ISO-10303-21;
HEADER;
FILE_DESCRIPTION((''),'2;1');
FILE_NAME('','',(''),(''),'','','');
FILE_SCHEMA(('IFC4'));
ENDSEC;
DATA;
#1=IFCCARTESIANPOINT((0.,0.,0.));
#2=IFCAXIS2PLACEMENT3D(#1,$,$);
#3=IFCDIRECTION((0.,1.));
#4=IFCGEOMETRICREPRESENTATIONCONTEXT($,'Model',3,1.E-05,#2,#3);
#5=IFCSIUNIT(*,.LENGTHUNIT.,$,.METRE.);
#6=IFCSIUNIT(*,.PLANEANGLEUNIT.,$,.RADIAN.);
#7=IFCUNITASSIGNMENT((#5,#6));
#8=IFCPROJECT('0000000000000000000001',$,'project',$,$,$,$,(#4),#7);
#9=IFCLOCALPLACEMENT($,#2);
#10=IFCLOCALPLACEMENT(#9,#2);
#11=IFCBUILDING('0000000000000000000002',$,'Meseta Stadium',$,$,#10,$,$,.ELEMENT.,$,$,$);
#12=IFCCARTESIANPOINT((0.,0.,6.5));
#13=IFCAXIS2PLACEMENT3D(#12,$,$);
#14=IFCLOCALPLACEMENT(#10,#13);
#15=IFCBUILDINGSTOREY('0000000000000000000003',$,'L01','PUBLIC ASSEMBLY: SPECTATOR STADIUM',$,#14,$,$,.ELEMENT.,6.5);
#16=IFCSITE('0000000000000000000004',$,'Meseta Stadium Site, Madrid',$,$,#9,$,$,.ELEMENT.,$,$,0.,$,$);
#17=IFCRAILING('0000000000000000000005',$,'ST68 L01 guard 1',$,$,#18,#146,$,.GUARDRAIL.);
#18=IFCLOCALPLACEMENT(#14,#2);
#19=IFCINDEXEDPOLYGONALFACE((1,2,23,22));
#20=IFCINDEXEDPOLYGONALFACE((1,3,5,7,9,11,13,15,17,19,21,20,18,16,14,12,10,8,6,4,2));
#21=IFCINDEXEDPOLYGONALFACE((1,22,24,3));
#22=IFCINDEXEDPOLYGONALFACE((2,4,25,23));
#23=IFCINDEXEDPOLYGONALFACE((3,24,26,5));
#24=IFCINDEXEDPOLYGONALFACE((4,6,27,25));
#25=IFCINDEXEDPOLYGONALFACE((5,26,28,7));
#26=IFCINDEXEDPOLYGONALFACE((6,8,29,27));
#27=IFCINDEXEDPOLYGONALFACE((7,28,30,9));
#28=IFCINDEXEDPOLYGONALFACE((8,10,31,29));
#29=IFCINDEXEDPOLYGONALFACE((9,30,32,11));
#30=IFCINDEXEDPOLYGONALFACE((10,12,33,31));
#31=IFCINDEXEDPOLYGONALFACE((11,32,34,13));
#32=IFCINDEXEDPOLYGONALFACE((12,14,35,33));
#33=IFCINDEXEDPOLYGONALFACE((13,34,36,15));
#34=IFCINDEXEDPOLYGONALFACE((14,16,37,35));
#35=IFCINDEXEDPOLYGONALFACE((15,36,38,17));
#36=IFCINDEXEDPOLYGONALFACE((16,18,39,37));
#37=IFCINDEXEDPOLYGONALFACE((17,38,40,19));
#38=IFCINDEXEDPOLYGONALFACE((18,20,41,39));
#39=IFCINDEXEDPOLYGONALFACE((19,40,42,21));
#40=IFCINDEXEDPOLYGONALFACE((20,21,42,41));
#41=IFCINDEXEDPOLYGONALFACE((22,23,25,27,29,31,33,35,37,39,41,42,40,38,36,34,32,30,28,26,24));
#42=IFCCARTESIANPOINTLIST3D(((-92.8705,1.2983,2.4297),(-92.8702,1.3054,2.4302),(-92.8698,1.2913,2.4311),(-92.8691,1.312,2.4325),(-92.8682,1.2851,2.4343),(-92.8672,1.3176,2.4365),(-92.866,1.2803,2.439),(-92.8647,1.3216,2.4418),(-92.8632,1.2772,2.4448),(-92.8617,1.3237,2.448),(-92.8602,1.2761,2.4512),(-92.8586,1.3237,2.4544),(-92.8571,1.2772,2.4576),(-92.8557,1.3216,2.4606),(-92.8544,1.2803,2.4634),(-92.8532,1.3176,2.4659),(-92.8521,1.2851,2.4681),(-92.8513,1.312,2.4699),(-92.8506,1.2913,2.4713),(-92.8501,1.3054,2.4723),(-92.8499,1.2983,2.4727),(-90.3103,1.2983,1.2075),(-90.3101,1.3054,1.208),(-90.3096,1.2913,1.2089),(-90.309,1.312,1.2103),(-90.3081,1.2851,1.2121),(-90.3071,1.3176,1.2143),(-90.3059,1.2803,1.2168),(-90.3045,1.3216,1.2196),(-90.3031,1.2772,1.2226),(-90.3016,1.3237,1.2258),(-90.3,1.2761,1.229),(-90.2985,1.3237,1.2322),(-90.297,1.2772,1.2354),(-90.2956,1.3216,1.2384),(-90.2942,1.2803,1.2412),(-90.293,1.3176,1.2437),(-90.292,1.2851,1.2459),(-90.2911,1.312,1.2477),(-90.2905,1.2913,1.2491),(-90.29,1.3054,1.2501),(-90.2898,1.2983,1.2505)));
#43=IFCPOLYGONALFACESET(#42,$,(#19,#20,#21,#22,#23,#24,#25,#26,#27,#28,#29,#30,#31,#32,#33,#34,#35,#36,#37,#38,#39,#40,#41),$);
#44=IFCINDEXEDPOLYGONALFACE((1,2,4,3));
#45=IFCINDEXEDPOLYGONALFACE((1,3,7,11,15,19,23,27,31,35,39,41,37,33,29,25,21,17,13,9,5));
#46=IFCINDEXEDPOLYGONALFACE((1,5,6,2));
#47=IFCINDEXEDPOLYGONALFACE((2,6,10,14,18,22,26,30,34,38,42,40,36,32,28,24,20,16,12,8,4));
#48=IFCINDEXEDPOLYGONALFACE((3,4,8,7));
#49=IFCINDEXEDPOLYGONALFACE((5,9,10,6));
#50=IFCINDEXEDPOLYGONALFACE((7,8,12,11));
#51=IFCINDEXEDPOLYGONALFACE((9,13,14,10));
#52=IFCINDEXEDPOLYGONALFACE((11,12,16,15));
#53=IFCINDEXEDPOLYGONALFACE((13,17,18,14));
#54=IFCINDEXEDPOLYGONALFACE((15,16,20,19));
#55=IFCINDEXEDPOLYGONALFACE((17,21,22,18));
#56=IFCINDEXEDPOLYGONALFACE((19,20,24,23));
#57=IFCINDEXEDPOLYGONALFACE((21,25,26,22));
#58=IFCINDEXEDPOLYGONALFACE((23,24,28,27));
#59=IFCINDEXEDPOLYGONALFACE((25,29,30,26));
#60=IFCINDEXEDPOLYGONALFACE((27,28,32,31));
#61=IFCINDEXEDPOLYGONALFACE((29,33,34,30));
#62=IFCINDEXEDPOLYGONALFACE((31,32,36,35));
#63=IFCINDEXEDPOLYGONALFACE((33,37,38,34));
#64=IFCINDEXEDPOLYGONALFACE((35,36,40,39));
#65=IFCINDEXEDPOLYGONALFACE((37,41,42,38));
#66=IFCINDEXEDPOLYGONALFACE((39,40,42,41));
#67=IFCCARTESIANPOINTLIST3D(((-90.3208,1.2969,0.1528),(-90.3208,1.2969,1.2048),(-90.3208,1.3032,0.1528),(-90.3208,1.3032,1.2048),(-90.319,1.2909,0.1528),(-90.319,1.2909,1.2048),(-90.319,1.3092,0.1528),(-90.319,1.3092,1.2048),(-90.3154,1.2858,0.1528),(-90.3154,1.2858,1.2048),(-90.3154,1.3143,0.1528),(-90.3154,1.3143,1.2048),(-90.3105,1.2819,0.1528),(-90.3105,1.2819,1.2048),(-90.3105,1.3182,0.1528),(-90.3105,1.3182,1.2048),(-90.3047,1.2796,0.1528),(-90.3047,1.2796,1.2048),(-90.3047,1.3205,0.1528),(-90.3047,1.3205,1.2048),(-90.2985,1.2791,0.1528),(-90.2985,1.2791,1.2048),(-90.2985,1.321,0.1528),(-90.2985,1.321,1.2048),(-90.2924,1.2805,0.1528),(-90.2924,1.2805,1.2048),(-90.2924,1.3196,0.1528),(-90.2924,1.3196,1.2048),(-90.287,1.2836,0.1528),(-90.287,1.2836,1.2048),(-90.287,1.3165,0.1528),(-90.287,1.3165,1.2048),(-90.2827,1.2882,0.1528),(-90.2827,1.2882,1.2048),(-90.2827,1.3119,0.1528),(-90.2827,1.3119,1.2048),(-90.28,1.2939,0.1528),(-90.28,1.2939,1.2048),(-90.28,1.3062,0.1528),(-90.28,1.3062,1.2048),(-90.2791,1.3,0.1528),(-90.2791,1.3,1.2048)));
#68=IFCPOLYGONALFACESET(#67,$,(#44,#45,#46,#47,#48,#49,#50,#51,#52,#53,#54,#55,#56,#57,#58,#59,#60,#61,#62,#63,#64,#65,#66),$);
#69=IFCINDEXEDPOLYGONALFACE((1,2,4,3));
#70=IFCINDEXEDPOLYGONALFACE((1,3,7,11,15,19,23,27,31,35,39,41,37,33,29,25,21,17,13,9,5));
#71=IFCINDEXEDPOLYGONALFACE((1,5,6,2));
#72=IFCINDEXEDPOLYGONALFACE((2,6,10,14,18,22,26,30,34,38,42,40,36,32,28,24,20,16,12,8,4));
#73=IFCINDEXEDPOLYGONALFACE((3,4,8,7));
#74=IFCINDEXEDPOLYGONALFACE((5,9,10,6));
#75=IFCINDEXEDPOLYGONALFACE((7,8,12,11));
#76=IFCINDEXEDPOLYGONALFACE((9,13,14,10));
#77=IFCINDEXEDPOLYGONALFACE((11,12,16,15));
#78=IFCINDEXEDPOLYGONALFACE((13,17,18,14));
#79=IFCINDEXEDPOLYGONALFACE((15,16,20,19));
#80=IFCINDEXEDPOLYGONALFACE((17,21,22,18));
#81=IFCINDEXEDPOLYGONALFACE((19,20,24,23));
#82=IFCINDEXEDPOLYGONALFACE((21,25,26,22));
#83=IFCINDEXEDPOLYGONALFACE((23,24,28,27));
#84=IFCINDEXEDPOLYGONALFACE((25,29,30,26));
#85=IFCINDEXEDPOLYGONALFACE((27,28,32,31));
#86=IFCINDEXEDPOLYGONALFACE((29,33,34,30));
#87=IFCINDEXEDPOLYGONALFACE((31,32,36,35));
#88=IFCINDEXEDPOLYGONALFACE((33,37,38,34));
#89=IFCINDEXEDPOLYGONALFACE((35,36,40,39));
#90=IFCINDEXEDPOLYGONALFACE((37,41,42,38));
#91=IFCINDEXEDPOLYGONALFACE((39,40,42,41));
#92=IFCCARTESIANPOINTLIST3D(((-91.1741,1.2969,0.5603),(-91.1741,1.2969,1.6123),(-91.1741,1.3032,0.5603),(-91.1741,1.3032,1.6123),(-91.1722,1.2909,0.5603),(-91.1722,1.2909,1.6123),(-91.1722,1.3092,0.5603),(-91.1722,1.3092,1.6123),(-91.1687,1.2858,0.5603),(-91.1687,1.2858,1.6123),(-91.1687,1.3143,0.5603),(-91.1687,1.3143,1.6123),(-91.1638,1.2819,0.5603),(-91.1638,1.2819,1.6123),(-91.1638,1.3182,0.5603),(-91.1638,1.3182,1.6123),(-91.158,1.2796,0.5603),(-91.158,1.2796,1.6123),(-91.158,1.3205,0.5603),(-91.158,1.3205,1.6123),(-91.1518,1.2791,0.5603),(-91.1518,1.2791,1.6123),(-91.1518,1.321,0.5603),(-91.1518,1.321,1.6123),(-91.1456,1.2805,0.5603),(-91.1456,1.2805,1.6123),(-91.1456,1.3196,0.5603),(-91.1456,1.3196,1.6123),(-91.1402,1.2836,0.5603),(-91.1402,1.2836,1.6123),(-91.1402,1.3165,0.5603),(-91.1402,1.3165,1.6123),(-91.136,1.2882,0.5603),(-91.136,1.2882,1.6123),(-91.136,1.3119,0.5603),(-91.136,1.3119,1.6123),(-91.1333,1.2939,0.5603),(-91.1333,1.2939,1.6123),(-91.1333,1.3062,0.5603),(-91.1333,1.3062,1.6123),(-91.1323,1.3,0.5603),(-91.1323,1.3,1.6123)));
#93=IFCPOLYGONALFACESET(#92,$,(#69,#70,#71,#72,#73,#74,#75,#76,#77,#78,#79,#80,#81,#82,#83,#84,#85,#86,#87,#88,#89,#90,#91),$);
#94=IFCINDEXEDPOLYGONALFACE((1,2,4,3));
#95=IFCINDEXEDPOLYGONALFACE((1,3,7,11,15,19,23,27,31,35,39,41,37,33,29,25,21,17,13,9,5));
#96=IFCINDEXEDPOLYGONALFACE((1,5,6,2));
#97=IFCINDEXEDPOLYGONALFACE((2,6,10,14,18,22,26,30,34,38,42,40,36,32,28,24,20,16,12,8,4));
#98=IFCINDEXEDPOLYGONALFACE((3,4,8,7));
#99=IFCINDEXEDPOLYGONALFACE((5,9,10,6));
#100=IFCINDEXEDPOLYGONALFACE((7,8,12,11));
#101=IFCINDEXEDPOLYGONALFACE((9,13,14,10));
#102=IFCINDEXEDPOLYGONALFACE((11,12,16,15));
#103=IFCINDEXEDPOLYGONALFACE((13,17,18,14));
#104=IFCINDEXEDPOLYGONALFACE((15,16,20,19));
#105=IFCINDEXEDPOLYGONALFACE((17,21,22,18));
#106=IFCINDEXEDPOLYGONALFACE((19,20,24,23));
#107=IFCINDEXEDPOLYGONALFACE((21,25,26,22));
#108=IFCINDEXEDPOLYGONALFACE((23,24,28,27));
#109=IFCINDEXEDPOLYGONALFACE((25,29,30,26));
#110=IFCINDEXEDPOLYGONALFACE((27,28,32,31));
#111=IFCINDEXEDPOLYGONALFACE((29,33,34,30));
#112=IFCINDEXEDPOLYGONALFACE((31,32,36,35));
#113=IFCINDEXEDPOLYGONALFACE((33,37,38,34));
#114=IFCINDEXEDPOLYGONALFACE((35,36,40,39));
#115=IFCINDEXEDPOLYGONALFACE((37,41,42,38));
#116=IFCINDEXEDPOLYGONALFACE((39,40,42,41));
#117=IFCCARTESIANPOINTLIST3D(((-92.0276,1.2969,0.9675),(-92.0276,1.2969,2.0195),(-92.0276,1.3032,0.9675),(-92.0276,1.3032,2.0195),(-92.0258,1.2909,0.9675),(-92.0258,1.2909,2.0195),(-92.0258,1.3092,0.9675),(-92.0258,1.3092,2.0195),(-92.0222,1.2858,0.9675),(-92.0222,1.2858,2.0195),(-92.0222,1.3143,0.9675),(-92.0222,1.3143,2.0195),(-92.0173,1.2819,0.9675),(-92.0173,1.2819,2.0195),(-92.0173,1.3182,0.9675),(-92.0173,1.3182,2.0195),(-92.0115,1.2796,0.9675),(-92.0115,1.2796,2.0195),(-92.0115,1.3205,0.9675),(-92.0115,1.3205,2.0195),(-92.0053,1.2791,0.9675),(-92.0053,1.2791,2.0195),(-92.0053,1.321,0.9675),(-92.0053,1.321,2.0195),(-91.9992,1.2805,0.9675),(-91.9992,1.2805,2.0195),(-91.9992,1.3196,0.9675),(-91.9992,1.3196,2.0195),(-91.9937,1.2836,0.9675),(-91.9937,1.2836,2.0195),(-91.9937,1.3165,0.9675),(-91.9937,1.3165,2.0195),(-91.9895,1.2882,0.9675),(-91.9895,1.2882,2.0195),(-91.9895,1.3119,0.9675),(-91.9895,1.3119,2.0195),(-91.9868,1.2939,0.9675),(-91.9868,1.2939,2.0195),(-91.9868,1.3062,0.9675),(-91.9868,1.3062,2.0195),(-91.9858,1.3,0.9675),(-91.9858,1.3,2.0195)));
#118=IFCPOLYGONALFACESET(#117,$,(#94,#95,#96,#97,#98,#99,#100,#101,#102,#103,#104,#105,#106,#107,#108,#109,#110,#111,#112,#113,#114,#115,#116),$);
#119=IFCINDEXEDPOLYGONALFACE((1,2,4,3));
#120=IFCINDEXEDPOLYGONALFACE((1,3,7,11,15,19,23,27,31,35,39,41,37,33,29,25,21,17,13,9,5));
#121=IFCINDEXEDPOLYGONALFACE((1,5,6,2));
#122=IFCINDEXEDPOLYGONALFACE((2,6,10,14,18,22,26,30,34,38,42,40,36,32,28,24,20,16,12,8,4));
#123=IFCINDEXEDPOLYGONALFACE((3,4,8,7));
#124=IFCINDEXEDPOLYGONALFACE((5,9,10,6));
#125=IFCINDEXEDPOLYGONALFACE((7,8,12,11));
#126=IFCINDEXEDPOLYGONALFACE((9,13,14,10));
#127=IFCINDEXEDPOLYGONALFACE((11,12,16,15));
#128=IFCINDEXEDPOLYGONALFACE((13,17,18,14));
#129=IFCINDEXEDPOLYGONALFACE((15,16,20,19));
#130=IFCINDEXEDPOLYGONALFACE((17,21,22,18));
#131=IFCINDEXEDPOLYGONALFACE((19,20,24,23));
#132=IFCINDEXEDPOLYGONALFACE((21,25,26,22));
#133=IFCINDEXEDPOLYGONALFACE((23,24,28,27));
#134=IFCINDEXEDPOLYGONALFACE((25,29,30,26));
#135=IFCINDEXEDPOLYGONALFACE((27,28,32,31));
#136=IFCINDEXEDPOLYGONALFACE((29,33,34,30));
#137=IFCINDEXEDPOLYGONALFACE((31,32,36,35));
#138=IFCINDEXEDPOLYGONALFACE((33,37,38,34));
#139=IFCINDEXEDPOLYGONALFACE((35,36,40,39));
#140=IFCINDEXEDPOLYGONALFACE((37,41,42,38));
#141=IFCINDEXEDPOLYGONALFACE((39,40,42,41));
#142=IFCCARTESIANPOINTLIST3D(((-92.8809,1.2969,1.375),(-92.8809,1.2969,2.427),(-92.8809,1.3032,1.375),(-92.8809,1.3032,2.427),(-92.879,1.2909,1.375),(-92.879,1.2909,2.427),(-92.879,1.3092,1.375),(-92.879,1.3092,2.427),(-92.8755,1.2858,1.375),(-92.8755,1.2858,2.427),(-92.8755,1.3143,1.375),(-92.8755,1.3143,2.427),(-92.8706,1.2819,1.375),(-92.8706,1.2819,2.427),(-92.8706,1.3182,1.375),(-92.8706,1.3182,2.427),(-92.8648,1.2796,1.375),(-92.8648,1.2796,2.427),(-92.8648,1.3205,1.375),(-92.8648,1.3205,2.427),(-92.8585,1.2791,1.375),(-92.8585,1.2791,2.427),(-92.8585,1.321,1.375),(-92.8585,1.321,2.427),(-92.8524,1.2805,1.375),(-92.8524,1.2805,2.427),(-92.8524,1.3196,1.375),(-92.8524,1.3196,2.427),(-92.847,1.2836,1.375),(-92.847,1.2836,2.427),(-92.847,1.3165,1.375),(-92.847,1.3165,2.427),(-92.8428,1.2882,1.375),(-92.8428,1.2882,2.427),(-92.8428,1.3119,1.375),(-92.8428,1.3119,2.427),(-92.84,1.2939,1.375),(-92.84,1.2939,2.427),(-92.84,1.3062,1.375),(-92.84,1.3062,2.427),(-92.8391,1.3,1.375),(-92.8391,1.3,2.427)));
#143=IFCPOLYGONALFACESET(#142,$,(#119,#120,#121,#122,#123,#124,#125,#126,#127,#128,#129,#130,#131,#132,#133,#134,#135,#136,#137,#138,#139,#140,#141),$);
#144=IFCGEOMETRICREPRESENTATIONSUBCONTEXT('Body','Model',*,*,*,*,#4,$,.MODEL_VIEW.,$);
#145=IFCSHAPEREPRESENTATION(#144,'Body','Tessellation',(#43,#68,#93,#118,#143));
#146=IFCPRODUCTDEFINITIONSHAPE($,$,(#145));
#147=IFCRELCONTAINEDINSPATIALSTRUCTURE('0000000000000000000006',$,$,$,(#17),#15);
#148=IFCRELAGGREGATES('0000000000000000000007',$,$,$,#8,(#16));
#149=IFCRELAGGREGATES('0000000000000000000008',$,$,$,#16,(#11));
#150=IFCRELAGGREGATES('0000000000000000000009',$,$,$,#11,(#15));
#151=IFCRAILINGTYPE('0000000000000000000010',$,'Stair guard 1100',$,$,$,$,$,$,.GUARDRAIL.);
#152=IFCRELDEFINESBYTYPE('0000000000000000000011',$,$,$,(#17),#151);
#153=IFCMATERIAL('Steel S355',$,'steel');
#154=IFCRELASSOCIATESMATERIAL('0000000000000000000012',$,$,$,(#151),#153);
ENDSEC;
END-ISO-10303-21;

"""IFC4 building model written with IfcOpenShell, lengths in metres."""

from ifc_helpers import new_model, si_unit, direction, frame, origin, origin_2d, place, context, subcontext, project, spatial, circle, extrude, material, type_object, element, save


model = new_model("IFC4")

# Units and contexts
model_context = context("Model", 3, precision=1e-05, world=origin(), true_north=direction((0.0, 1.0)))
body_context = subcontext(model_context, "Body", "Model", "MODEL_VIEW")
ifc_project = project(units=[si_unit("LENGTHUNIT", "METRE"), si_unit("PLANEANGLEUNIT", "RADIAN")], contexts=[model_context])

# Site, building, storey
site_placement = place(None, origin())
site = spatial("IfcSite", under=ifc_project, at=site_placement, Name="Meseta Stadium Site, Madrid", CompositionType="ELEMENT", RefElevation=0.0)
building_placement = place(site_placement, origin())
building = spatial("IfcBuilding", under=site, at=building_placement, Name="Meseta Stadium", CompositionType="ELEMENT")
storey_placement = place(building_placement, frame((0.0, 0.0, 6.5)))
storey = spatial("IfcBuildingStorey", under=building, at=storey_placement, Name="L01", Description="PUBLIC ASSEMBLY: SPECTATOR STADIUM", CompositionType="ELEMENT", Elevation=6.5)

# Railing
ifc_material_1 = material(Name="Steel S355", Category="steel")
railing_type_1 = type_object("IfcRailingType", Name="Stair guard 1100", PredefinedType="GUARDRAIL", material=ifc_material_1)
railing_1_placement = place(storey_placement, frame((-90.3, 1.3, 0.1528)))
element("IfcRailing", 1, at=railing_1_placement, inside=storey, type_object=railing_type_1, Name="ST68 L01 guard 1", PredefinedType="GUARDRAIL", context=body_context, shape_type="SweptSolid", body=[
    extrude(circle(Radius=0.0239, at=origin_2d()), frame((0.0, 0.0, 1.0762), z_axis=(-0.902437, 0.0, 0.430822), x_axis=(0.0, -1.0, 0.0)), (0.0, 0.0, 1.0), 2.8369),
    extrude(circle(Radius=0.021, at=origin_2d()), origin(), (0.0, 0.0, 1.0), 1.052),
    extrude(circle(Radius=0.021, at=origin_2d()), frame((-0.8533, 0.0, 0.4075)), (0.0, 0.0, 1.0), 1.052),
    extrude(circle(Radius=0.021, at=origin_2d()), frame((-1.7068, 0.0, 0.8147)), (0.0, 0.0, 1.0), 1.052),
    extrude(circle(Radius=0.021, at=origin_2d()), frame((-2.5601, 0.0, 1.2222)), (0.0, 0.0, 1.0), 1.052),
])

save(model, "model.ifc")
